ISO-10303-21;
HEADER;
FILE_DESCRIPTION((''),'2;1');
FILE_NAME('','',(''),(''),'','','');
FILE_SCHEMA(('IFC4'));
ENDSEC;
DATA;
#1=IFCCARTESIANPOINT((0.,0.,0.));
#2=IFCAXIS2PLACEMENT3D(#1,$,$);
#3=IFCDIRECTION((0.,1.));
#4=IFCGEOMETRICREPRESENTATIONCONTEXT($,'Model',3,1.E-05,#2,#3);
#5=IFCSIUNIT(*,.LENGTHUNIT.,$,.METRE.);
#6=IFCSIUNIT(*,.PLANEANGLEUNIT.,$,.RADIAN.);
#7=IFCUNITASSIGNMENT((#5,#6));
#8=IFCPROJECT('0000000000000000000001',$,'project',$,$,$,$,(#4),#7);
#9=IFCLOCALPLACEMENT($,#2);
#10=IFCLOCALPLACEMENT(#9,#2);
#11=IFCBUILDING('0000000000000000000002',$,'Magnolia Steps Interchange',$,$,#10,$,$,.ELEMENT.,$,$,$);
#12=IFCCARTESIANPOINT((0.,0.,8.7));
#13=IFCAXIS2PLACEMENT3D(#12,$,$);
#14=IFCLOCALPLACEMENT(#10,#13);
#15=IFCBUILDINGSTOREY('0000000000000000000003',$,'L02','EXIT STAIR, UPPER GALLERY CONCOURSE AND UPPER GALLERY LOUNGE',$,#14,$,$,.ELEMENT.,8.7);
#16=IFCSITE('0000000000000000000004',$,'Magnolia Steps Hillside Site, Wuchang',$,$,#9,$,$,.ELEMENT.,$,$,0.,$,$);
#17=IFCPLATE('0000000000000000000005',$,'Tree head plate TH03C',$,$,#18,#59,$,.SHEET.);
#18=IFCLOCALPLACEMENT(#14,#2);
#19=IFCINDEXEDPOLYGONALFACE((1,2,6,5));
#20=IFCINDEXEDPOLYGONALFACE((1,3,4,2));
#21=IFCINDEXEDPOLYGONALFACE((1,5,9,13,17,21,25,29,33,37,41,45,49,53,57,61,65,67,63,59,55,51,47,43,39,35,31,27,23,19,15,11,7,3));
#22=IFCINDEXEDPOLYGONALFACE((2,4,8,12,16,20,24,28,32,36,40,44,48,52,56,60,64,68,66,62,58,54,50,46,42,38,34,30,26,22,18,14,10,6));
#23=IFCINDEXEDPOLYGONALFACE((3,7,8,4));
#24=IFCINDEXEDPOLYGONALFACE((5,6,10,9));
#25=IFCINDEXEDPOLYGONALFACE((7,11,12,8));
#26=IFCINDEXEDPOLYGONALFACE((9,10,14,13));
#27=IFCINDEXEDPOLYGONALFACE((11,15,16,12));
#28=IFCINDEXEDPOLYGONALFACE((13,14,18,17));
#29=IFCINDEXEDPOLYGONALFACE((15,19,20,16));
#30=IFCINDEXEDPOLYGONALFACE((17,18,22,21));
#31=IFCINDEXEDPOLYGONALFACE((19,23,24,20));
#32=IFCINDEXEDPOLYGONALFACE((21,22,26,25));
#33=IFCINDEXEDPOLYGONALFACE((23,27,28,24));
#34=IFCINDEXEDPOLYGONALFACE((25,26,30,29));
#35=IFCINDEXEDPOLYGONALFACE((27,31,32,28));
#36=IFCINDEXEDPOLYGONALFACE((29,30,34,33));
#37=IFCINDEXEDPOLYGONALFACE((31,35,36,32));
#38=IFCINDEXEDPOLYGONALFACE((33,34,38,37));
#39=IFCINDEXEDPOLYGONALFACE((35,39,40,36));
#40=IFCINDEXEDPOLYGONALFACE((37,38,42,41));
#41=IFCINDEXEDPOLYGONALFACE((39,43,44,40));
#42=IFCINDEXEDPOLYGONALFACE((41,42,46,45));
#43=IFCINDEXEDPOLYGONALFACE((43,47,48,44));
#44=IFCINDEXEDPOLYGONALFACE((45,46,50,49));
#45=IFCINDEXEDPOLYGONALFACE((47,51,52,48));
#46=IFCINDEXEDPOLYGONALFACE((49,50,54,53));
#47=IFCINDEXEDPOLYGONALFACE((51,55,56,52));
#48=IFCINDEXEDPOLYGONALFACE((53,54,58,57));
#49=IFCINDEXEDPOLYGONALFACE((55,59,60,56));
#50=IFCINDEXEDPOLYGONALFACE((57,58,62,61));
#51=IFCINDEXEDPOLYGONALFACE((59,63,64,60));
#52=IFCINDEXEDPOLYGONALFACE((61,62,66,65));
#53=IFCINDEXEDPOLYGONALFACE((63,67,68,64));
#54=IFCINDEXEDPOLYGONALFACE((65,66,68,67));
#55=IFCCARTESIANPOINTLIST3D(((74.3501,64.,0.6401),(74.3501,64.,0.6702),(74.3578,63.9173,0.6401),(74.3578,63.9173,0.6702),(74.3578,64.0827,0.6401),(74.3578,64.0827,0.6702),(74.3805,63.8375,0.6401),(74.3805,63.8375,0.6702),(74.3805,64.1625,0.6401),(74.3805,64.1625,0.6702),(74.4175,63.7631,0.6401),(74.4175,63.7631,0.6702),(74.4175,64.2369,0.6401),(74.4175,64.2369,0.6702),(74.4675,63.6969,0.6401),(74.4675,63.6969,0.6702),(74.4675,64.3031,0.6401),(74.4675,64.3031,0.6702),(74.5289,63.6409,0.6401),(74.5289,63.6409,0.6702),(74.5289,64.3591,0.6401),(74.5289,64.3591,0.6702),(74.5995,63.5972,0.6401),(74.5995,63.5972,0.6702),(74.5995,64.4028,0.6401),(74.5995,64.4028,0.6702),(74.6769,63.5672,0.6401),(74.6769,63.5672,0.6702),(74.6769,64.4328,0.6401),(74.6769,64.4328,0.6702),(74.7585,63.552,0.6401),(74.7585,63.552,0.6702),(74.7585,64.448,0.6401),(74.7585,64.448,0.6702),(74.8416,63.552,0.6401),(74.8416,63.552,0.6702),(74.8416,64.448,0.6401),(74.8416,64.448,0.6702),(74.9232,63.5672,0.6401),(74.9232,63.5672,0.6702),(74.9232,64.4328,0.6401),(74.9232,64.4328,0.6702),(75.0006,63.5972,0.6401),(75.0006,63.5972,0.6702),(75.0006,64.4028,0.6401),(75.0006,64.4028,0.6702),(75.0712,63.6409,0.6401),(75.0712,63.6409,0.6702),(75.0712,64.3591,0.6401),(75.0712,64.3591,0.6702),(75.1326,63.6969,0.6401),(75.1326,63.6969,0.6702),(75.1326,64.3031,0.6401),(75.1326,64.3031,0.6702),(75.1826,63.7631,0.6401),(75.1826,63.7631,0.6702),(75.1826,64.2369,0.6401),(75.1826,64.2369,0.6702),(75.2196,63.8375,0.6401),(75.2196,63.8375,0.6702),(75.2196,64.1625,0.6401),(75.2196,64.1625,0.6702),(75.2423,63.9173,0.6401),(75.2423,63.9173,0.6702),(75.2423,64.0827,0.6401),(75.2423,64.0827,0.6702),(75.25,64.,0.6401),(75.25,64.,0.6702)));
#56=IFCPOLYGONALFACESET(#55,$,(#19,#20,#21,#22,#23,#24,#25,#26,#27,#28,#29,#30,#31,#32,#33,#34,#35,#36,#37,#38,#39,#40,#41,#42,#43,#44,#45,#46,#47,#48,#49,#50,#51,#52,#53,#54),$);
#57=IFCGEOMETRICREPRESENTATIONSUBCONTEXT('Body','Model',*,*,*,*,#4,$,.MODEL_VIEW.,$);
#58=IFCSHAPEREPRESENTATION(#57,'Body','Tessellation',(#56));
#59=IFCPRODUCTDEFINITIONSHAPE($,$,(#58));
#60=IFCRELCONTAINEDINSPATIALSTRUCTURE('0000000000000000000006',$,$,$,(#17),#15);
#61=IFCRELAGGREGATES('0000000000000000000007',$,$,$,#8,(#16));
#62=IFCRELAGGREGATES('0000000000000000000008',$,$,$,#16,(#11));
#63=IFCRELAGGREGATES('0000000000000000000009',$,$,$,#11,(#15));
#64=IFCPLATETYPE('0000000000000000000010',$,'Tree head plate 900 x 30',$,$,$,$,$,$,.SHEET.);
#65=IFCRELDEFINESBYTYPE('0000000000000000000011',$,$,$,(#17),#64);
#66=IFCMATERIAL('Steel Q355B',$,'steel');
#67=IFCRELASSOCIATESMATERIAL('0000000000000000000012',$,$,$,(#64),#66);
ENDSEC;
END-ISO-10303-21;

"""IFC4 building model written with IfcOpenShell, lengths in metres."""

from ifc_helpers import new_model, si_unit, direction, frame, origin, origin_2d, place, context, subcontext, project, spatial, circle, extrude, material, material_profile, profile_set, type_object, element, save


model = new_model("IFC4")

# Units and contexts
model_context = context("Model", 3, precision=1e-05, world=origin(), true_north=direction((0.0, 1.0)))
body_context = subcontext(model_context, "Body", "Model", "MODEL_VIEW")
ifc_project = project(units=[si_unit("LENGTHUNIT", "METRE"), si_unit("PLANEANGLEUNIT", "RADIAN")], contexts=[model_context])

# Site, building, storey
site_placement = place(None, origin())
site = spatial("IfcSite", under=ifc_project, at=site_placement, Name="Magnolia Steps Hillside Site, Wuchang", CompositionType="ELEMENT", RefElevation=0.0)
building_placement = place(site_placement, origin())
building = spatial("IfcBuilding", under=site, at=building_placement, Name="Magnolia Steps Interchange", CompositionType="ELEMENT")
storey_placement = place(building_placement, frame((0.0, 0.0, 8.7)))
storey = spatial("IfcBuildingStorey", under=building, at=storey_placement, Name="L02", Description="EXIT STAIR, UPPER GALLERY CONCOURSE AND UPPER GALLERY LOUNGE", CompositionType="ELEMENT", Elevation=8.7)

# Plate
ifc_material_1 = material(Name="Steel Q355B", Category="steel")
ifc_material_profile_1 = material_profile(ifc_material_1, circle(Radius=0.45, at=origin_2d()), Name="Tree head plate 900 x 30")
ifc_profile_set_1 = profile_set([ifc_material_profile_1], Name="Steel Q355B")
plate_type_1 = type_object("IfcPlateType", Name="Tree head plate 900 x 30", PredefinedType="SHEET", material=ifc_profile_set_1)
plate_placement = place(storey_placement, frame((74.8, 64.0, 0.6401), z_axis=(0.0, 0.0, 1.0), x_axis=(1.0, 0.0, 0.0)))
element("IfcPlate", 1, at=plate_placement, inside=storey, type_object=plate_type_1, Name="Tree head plate TH03C", PredefinedType="SHEET", context=body_context, shape_type="SweptSolid", body=[
    extrude(circle(Radius=0.45, at=origin_2d()), origin(), (0.0, 0.0, 1.0), 0.03),
])

save(model, "model.ifc")
